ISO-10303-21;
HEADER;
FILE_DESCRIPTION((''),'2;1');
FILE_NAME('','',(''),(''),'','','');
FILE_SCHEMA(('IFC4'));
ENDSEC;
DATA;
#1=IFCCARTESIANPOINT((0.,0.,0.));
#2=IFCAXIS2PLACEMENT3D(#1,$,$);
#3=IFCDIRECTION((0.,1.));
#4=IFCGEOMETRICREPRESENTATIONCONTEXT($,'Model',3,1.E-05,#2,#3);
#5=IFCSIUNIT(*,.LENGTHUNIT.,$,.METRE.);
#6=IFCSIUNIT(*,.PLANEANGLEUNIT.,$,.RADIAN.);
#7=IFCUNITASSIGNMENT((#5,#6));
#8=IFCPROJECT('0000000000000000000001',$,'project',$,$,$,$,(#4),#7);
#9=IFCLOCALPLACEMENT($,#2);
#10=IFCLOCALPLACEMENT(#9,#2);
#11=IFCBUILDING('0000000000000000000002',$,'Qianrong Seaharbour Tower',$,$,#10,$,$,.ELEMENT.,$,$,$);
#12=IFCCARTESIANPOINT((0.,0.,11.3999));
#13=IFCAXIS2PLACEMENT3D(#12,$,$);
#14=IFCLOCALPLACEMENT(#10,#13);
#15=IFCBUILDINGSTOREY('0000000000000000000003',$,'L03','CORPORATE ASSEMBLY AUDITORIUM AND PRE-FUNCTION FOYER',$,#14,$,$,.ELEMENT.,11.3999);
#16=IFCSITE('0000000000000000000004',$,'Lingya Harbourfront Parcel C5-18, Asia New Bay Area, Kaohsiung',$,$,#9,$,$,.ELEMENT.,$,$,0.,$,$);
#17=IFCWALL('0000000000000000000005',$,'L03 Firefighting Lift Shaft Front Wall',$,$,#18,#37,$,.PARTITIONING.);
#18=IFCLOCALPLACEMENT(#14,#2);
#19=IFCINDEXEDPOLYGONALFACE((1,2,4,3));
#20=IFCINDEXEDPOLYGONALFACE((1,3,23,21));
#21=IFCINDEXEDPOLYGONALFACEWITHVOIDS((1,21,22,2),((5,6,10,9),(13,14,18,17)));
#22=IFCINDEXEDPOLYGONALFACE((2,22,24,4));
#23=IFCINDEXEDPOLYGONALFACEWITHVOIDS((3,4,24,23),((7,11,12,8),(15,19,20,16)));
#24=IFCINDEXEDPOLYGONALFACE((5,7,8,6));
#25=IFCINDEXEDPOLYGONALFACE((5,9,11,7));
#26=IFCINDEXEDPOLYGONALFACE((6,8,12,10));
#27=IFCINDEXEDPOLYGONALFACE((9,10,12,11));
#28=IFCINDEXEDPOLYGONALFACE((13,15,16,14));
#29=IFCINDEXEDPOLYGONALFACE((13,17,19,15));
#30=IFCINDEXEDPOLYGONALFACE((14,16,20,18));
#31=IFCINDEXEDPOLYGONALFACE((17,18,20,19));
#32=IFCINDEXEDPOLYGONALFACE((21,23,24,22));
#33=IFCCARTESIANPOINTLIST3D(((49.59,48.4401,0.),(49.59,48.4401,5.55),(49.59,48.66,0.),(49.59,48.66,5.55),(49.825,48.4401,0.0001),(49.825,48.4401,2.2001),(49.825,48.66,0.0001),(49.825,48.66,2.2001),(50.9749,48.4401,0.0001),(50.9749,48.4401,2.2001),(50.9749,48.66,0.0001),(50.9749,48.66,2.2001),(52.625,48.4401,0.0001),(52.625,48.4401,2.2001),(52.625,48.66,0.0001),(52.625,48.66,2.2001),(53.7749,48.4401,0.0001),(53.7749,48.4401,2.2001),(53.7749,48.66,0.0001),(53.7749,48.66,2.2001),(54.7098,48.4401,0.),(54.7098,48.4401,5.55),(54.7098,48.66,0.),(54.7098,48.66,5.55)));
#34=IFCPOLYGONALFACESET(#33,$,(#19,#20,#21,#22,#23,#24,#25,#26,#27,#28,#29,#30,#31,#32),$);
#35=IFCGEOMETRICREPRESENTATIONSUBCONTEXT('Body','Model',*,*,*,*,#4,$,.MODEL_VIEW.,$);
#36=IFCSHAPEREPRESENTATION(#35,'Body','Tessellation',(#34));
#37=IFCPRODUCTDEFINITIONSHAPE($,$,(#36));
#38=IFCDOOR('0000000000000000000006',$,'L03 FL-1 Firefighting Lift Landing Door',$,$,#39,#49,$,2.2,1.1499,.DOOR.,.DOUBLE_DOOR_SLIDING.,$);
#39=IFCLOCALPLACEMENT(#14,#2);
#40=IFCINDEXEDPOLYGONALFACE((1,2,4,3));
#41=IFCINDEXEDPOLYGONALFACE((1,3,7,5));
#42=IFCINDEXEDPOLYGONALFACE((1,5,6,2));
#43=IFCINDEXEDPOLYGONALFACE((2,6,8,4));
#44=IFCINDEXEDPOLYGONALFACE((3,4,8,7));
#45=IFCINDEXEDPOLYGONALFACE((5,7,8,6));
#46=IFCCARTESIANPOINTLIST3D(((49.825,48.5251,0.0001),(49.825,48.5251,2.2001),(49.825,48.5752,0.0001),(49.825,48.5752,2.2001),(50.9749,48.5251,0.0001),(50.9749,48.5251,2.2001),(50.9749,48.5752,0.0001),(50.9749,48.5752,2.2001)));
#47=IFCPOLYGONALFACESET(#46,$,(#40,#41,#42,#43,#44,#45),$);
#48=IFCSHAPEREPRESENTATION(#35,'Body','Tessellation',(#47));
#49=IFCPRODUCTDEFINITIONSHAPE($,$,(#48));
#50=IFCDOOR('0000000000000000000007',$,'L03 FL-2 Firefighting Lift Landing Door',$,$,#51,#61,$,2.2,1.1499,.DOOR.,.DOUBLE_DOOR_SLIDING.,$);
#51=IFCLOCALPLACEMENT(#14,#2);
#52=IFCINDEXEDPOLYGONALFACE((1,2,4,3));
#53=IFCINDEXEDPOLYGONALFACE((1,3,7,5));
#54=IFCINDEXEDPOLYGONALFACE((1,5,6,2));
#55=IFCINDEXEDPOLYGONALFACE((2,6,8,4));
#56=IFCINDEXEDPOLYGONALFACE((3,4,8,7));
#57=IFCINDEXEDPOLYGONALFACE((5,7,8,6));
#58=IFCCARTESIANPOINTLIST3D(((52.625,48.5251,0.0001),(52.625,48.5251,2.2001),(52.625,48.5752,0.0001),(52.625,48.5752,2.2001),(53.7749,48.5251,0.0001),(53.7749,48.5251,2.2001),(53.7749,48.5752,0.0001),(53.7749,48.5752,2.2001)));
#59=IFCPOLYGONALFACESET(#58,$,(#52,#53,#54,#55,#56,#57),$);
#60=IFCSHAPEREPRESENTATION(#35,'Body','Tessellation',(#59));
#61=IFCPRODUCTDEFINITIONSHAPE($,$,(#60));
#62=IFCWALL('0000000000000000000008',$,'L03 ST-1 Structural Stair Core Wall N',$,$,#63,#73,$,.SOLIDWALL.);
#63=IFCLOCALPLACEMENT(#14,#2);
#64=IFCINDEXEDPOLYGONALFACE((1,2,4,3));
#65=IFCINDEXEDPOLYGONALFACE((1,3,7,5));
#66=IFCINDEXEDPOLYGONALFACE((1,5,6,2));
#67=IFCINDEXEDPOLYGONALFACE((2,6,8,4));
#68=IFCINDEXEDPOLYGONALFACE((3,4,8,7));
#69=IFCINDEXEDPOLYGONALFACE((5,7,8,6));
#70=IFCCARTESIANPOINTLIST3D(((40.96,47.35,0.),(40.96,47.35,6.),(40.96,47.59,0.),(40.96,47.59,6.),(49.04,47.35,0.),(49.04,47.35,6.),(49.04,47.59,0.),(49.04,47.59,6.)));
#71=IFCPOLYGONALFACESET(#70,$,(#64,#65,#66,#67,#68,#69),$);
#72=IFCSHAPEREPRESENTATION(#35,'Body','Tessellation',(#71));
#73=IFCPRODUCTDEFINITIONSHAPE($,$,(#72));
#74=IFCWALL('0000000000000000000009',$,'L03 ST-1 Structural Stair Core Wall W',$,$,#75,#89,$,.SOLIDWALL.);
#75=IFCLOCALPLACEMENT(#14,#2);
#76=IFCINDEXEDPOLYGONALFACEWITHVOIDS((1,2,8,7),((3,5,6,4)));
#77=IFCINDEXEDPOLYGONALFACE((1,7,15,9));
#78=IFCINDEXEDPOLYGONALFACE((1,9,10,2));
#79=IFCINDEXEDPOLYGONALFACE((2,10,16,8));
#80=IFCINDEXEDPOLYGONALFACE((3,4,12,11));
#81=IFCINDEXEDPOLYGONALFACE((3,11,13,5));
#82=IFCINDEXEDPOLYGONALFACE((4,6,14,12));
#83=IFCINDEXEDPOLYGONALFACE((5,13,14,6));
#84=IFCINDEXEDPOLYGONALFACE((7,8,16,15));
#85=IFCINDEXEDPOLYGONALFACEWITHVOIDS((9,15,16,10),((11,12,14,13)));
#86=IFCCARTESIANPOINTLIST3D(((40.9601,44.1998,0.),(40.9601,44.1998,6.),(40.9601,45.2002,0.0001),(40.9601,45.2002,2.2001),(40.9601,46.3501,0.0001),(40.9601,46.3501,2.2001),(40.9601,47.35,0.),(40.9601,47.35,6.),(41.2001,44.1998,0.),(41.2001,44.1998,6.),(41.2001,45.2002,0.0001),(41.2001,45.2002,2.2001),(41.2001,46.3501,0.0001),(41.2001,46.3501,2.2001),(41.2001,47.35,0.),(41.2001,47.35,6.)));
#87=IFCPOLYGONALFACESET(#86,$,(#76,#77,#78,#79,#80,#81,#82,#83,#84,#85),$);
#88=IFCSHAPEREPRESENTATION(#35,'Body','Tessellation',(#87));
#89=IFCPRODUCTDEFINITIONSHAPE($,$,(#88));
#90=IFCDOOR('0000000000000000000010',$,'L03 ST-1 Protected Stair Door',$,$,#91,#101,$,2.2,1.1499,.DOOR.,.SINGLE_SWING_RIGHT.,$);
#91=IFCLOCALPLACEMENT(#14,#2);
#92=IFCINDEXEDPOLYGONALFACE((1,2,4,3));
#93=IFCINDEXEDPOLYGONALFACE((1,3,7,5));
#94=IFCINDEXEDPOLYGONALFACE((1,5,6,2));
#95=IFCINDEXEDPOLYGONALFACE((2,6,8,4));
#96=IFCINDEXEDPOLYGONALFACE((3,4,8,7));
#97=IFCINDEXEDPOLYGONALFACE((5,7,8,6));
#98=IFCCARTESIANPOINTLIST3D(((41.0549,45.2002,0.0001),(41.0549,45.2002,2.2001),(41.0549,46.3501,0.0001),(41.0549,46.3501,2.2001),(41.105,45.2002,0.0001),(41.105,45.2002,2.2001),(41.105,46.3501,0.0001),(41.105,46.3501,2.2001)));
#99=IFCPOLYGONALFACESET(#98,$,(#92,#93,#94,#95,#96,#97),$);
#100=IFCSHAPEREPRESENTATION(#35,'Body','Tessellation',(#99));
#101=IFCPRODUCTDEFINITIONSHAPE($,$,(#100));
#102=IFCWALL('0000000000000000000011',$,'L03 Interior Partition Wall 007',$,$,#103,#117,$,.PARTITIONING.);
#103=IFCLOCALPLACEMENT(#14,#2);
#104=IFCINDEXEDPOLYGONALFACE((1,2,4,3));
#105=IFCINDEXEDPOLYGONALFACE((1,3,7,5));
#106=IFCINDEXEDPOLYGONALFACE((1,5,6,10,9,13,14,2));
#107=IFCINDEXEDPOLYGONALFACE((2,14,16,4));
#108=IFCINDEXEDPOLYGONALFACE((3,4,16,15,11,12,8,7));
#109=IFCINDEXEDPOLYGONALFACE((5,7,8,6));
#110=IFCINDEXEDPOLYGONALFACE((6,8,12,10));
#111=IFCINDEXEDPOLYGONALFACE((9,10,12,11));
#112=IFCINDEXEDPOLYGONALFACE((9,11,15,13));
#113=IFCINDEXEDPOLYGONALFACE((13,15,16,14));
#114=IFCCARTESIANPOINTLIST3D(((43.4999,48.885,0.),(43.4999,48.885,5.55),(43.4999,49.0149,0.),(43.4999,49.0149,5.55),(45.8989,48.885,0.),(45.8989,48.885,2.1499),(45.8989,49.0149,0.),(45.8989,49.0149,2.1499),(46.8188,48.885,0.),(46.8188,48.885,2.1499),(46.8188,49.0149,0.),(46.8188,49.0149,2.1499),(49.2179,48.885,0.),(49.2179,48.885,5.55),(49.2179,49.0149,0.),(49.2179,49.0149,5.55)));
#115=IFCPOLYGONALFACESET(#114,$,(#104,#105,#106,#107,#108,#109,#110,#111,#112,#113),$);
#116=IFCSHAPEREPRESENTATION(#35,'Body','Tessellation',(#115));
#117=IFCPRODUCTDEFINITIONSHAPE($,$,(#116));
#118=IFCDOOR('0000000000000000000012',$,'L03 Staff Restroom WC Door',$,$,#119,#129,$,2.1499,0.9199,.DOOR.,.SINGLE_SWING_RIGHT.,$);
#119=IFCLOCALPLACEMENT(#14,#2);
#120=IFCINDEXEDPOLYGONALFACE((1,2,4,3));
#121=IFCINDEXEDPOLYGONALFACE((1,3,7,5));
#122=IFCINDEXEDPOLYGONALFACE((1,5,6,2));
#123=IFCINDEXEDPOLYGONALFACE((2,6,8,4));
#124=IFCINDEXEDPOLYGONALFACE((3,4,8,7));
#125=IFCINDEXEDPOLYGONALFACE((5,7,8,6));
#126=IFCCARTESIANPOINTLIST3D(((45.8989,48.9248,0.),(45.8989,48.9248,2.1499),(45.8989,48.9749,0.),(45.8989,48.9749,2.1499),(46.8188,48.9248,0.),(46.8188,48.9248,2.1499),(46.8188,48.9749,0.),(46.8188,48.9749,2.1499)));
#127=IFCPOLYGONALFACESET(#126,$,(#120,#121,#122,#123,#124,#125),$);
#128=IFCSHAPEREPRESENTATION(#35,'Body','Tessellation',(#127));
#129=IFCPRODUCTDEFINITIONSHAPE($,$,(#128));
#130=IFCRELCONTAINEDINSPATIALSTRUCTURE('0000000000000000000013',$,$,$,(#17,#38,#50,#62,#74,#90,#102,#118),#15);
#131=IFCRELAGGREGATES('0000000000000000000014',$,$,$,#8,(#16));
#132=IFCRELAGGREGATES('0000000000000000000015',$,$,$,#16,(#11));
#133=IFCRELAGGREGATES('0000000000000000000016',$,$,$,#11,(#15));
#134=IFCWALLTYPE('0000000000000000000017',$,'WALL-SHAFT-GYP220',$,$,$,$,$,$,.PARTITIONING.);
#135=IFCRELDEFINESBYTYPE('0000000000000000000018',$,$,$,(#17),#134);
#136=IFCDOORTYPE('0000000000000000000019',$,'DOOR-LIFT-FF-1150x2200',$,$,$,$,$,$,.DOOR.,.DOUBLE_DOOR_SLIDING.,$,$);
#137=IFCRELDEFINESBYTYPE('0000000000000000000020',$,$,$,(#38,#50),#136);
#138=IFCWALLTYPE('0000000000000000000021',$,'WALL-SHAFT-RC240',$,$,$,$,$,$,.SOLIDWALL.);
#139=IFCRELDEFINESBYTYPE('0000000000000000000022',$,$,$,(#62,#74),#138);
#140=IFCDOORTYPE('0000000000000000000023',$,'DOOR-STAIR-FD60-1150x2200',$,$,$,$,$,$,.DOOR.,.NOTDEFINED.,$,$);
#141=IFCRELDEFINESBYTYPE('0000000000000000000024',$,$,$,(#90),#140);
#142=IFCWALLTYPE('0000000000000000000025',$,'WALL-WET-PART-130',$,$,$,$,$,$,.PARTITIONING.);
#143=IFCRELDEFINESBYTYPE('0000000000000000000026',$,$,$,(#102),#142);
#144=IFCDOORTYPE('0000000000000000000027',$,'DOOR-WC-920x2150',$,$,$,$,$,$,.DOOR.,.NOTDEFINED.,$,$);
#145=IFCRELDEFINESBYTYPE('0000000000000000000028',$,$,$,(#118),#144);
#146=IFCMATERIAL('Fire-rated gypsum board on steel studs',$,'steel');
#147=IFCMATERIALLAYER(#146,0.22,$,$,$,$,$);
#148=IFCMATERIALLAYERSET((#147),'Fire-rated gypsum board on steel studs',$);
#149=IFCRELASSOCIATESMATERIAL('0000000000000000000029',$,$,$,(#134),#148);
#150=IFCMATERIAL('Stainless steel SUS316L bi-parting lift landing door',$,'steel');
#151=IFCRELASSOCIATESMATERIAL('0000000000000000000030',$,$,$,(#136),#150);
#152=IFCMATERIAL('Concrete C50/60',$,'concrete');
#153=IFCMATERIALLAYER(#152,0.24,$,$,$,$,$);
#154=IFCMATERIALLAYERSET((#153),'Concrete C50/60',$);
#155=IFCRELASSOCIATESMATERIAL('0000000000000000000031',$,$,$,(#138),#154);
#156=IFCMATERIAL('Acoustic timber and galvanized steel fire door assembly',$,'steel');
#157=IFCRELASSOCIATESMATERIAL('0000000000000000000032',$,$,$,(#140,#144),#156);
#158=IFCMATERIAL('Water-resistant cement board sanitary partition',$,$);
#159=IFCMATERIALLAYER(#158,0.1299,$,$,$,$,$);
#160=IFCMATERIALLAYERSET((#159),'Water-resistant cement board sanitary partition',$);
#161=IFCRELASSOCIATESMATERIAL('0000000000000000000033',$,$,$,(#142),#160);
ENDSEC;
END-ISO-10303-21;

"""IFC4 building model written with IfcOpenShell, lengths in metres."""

from ifc_helpers import new_model, si_unit, direction, frame, frame_2d, origin, place, context, subcontext, project, spatial, rectangle, extrude, material, layer, layer_set, type_object, element, fill, save


model = new_model("IFC4")

# Units and contexts
model_context = context("Model", 3, precision=1e-05, world=origin(), true_north=direction((0.0, 1.0)))
body_context = subcontext(model_context, "Body", "Model", "MODEL_VIEW")
ifc_project = project(units=[si_unit("LENGTHUNIT", "METRE"), si_unit("PLANEANGLEUNIT", "RADIAN")], contexts=[model_context])

# Site, building, storey
site_placement = place(None, origin())
site = spatial("IfcSite", under=ifc_project, at=site_placement, Name="Lingya Harbourfront Parcel C5-18, Asia New Bay Area, Kaohsiung", CompositionType="ELEMENT", RefElevation=0.0)
building_placement = place(site_placement, origin())
building = spatial("IfcBuilding", under=site, at=building_placement, Name="Qianrong Seaharbour Tower", CompositionType="ELEMENT")
storey_placement = place(building_placement, frame((0.0, 0.0, 11.3999)))
storey = spatial("IfcBuildingStorey", under=building, at=storey_placement, Name="L03", Description="CORPORATE ASSEMBLY AUDITORIUM AND PRE-FUNCTION FOYER", CompositionType="ELEMENT", Elevation=11.3999)

# Shared definitions
ifc_material_1 = material(Name="Acoustic timber and galvanized steel fire door assembly", Category="steel")

# Shared definitions
ifc_material_2 = material(Name="Fire-rated gypsum board on steel studs", Category="steel")

# Wall, openings, doors
ifc_layer_1 = layer(ifc_material_2, 0.22)
ifc_layer_set_1 = layer_set([ifc_layer_1], Name="Fire-rated gypsum board on steel studs")
wall_type_1 = type_object("IfcWallType", Name="WALL-SHAFT-GYP220", PredefinedType="PARTITIONING", material=ifc_layer_set_1)
wall_1_placement = place(storey_placement, frame((54.71, 48.55, 0.0), z_axis=(0.0, 0.0, 1.0), x_axis=(-1.0, 0.0, 0.0)))
wall_1 = element("IfcWall", 1, at=wall_1_placement, inside=storey, type_object=wall_type_1, Name="L03 Firefighting Lift Shaft Front Wall", PredefinedType="PARTITIONING", context=body_context, shape_type="SweptSolid", body=[
    extrude(rectangle(XDim=5.1199, YDim=0.22, at=frame_2d((2.5601, 0.0))), origin(), (0.0, 0.0, 1.0), 5.55),
])
opening_1_placement = place(wall_1_placement, frame((3.7351, 0.0, 0.0)))
opening_1 = element("IfcOpeningElement", 2, at=opening_1_placement, cuts=wall_1, PredefinedType="OPENING", context=body_context, shape_type="SweptSolid", body=[
    extrude(rectangle(XDim=1.1499, YDim=2.2, at=frame_2d((0.575, 1.1001))), frame((0.0, 0.1201, 0.0), z_axis=(0.0, -1.0, 0.0), x_axis=(1.0, 0.0, 0.0)), (0.0, 0.0, 1.0), 0.24),
])
opening_2_placement = place(wall_1_placement, frame((0.9351, 0.0, 0.0)))
opening_2 = element("IfcOpeningElement", 3, at=opening_2_placement, cuts=wall_1, PredefinedType="OPENING", context=body_context, shape_type="SweptSolid", body=[
    extrude(rectangle(XDim=1.1499, YDim=2.2, at=frame_2d((0.575, 1.1001))), frame((0.0, 0.1201, 0.0), z_axis=(0.0, -1.0, 0.0), x_axis=(1.0, 0.0, 0.0)), (0.0, 0.0, 1.0), 0.24),
])
ifc_material_3 = material(Name="Stainless steel SUS316L bi-parting lift landing door", Category="steel")
door_type_1 = type_object("IfcDoorType", Name="DOOR-LIFT-FF-1150x2200", OperationType="DOUBLE_DOOR_SLIDING", PredefinedType="DOOR", material=ifc_material_3)
door_1_placement = place(opening_1_placement, origin())
door_1 = element("IfcDoor", 4, at=door_1_placement, inside=storey, type_object=door_type_1, Name="L03 FL-1 Firefighting Lift Landing Door", OperationType="DOUBLE_DOOR_SLIDING", OverallHeight=2.2, OverallWidth=1.1499, PredefinedType="DOOR", context=body_context, shape_type="SweptSolid", body=[
    extrude(rectangle(XDim=1.1499, YDim=2.2, at=frame_2d((0.575, 1.1001))), frame((0.0, 0.0249, 0.0), z_axis=(0.0, -1.0, 0.0), x_axis=(1.0, 0.0, 0.0)), (0.0, 0.0, 1.0), 0.05),
])
fill(opening_1, door_1)
door_2_placement = place(opening_2_placement, origin())
door_2 = element("IfcDoor", 5, at=door_2_placement, inside=storey, type_object=door_type_1, Name="L03 FL-2 Firefighting Lift Landing Door", OperationType="DOUBLE_DOOR_SLIDING", OverallHeight=2.2, OverallWidth=1.1499, PredefinedType="DOOR", context=body_context, shape_type="SweptSolid", body=[
    extrude(rectangle(XDim=1.1499, YDim=2.2, at=frame_2d((0.575, 1.1001))), frame((0.0, 0.0249, 0.0), z_axis=(0.0, -1.0, 0.0), x_axis=(1.0, 0.0, 0.0)), (0.0, 0.0, 1.0), 0.05),
])
fill(opening_2, door_2)

# Wall
ifc_material_4 = material(Name="Concrete C50/60", Category="concrete")
ifc_layer_2 = layer(ifc_material_4, 0.24)
ifc_layer_set_2 = layer_set([ifc_layer_2], Name="Concrete C50/60")
wall_type_2 = type_object("IfcWallType", Name="WALL-SHAFT-RC240", PredefinedType="SOLIDWALL", material=ifc_layer_set_2)
wall_2_placement = place(storey_placement, frame((40.96, 47.47, 0.0), z_axis=(0.0, 0.0, 1.0), x_axis=(1.0, 0.0, 0.0)))
element("IfcWall", 6, at=wall_2_placement, inside=storey, type_object=wall_type_2, Name="L03 ST-1 Structural Stair Core Wall N", PredefinedType="SOLIDWALL", context=body_context, shape_type="SweptSolid", body=[
    extrude(rectangle(XDim=8.0801, YDim=0.24, at=frame_2d((4.04, 0.0))), origin(), (0.0, 0.0, 1.0), 6.0),
])

# Walls, openings, doors
wall_3_placement = place(storey_placement, frame((41.0801, 47.3501, 0.0), z_axis=(0.0, 0.0, 1.0), x_axis=(0.0, -1.0, 0.0)))
wall_3 = element("IfcWall", 7, at=wall_3_placement, inside=storey, type_object=wall_type_2, Name="L03 ST-1 Structural Stair Core Wall W", PredefinedType="SOLIDWALL", context=body_context, shape_type="SweptSolid", body=[
    extrude(rectangle(XDim=3.1501, YDim=0.24, at=frame_2d((1.5752, 0.0))), origin(), (0.0, 0.0, 1.0), 6.0),
])
opening_3_placement = place(wall_3_placement, frame((1.0, 0.0, 0.0)))
opening_3 = element("IfcOpeningElement", 8, at=opening_3_placement, cuts=wall_3, PredefinedType="OPENING", context=body_context, shape_type="SweptSolid", body=[
    extrude(rectangle(XDim=1.1499, YDim=2.2, at=frame_2d((0.575, 1.1001))), frame((0.0, 0.1299, 0.0), z_axis=(0.0, -1.0, 0.0), x_axis=(1.0, 0.0, 0.0)), (0.0, 0.0, 1.0), 0.26),
])
door_type_2 = type_object("IfcDoorType", Name="DOOR-STAIR-FD60-1150x2200", OperationType="NOTDEFINED", PredefinedType="DOOR", material=ifc_material_1)
door_3_placement = place(opening_3_placement, origin())
door_3 = element("IfcDoor", 9, at=door_3_placement, inside=storey, type_object=door_type_2, Name="L03 ST-1 Protected Stair Door", OperationType="SINGLE_SWING_RIGHT", OverallHeight=2.2, OverallWidth=1.1499, PredefinedType="DOOR", context=body_context, shape_type="SweptSolid", body=[
    extrude(rectangle(XDim=1.1499, YDim=2.2, at=frame_2d((0.575, 1.1001))), frame((0.0, 0.0249, 0.0), z_axis=(0.0, -1.0, 0.0), x_axis=(1.0, 0.0, 0.0)), (0.0, 0.0, 1.0), 0.05),
])
fill(opening_3, door_3)
ifc_material_5 = material(Name="Water-resistant cement board sanitary partition")
ifc_layer_3 = layer(ifc_material_5, 0.1299)
ifc_layer_set_3 = layer_set([ifc_layer_3], Name="Water-resistant cement board sanitary partition")
wall_type_3 = type_object("IfcWallType", Name="WALL-WET-PART-130", PredefinedType="PARTITIONING", material=ifc_layer_set_3)
wall_4_placement = place(storey_placement, frame((43.5, 48.95, 0.0), z_axis=(0.0, 0.0, 1.0), x_axis=(1.0, 0.0, 0.0)))
wall_4 = element("IfcWall", 10, at=wall_4_placement, inside=storey, type_object=wall_type_3, Name="L03 Interior Partition Wall 007", PredefinedType="PARTITIONING", context=body_context, shape_type="SweptSolid", body=[
    extrude(rectangle(XDim=5.718, YDim=0.1299, at=frame_2d((2.8589, 0.0))), origin(), (0.0, 0.0, 1.0), 5.55),
])
opening_4_placement = place(wall_4_placement, frame((2.3989, 0.0, 0.0)))
opening_4 = element("IfcOpeningElement", 11, at=opening_4_placement, cuts=wall_4, PredefinedType="OPENING", context=body_context, shape_type="SweptSolid", body=[
    extrude(rectangle(XDim=0.9199, YDim=2.1499, at=frame_2d((0.46, 1.075))), frame((0.0, 0.075, 0.0), z_axis=(0.0, -1.0, 0.0), x_axis=(1.0, 0.0, 0.0)), (0.0, 0.0, 1.0), 0.1499),
])
door_type_3 = type_object("IfcDoorType", Name="DOOR-WC-920x2150", OperationType="NOTDEFINED", PredefinedType="DOOR", material=ifc_material_1)
door_4_placement = place(opening_4_placement, origin())
door_4 = element("IfcDoor", 12, at=door_4_placement, inside=storey, type_object=door_type_3, Name="L03 Staff Restroom WC Door", OperationType="SINGLE_SWING_RIGHT", OverallHeight=2.1499, OverallWidth=0.9199, PredefinedType="DOOR", context=body_context, shape_type="SweptSolid", body=[
    extrude(rectangle(XDim=0.9199, YDim=2.1499, at=frame_2d((0.46, 1.075))), frame((0.0, 0.0249, 0.0), z_axis=(0.0, -1.0, 0.0), x_axis=(1.0, 0.0, 0.0)), (0.0, 0.0, 1.0), 0.05),
])
fill(opening_4, door_4)

save(model, "model.ifc")
